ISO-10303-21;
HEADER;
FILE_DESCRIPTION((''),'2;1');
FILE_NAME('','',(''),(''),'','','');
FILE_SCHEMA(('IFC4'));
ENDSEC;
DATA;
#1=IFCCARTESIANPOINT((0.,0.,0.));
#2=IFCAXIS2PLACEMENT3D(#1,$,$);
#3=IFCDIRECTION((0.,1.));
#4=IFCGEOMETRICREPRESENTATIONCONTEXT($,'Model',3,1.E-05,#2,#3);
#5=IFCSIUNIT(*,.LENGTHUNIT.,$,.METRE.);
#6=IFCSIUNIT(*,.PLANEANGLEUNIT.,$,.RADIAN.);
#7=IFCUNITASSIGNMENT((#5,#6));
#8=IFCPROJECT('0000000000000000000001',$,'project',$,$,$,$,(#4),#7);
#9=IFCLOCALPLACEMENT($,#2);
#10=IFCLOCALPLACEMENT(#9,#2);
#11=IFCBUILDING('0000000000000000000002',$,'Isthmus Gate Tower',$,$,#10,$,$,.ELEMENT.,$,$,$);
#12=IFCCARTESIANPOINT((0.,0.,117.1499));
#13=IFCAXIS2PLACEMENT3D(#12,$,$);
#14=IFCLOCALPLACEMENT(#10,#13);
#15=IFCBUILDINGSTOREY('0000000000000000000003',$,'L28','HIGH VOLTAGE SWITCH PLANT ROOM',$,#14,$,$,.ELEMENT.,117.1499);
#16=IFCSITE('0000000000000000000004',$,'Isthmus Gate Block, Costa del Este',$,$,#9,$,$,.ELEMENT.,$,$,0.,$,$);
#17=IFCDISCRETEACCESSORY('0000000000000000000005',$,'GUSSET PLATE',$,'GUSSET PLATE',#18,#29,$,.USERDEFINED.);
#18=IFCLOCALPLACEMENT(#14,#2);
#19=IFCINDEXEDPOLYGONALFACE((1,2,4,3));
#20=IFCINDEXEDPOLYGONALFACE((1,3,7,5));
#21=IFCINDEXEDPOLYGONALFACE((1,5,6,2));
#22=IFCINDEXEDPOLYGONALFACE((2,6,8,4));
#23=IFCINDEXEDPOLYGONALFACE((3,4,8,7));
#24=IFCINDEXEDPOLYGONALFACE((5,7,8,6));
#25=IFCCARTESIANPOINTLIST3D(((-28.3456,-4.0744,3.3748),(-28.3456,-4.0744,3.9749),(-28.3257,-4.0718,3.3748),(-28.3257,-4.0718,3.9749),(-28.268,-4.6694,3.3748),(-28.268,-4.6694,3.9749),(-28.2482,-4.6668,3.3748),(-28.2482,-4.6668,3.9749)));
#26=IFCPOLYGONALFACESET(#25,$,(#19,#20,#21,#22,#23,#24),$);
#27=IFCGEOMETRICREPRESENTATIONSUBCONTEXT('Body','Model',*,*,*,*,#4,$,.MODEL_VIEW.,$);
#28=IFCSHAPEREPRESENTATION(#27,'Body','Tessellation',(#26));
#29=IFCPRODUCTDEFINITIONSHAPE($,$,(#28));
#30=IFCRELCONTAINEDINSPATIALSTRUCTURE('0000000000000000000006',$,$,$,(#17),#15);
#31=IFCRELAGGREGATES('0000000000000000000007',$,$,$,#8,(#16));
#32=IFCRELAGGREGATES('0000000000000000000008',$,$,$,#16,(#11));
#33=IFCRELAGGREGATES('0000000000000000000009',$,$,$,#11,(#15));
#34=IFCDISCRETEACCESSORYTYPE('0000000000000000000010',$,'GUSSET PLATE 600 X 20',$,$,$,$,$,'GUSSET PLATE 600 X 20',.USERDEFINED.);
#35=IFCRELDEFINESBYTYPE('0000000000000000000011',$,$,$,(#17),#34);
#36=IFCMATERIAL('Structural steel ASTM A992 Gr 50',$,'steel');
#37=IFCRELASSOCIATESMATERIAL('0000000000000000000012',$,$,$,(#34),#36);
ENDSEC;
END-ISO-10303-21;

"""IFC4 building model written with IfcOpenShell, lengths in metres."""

from ifc_helpers import new_model, si_unit, direction, frame, origin, origin_2d, place, context, subcontext, project, spatial, rectangle, extrude, material, type_object, element, save


model = new_model("IFC4")

# Units and contexts
model_context = context("Model", 3, precision=1e-05, world=origin(), true_north=direction((0.0, 1.0)))
body_context = subcontext(model_context, "Body", "Model", "MODEL_VIEW")
ifc_project = project(units=[si_unit("LENGTHUNIT", "METRE"), si_unit("PLANEANGLEUNIT", "RADIAN")], contexts=[model_context])

# Site, building, storey
site_placement = place(None, origin())
site = spatial("IfcSite", under=ifc_project, at=site_placement, Name="Isthmus Gate Block, Costa del Este", CompositionType="ELEMENT", RefElevation=0.0)
building_placement = place(site_placement, origin())
building = spatial("IfcBuilding", under=site, at=building_placement, Name="Isthmus Gate Tower", CompositionType="ELEMENT")
storey_placement = place(building_placement, frame((0.0, 0.0, 117.1499)))
storey = spatial("IfcBuildingStorey", under=building, at=storey_placement, Name="L28", Description="HIGH VOLTAGE SWITCH PLANT ROOM", CompositionType="ELEMENT", Elevation=117.1499)

# Discrete accessory
ifc_material_1 = material(Name="Structural steel ASTM A992 Gr 50", Category="steel")
discrete_accessory_type_1 = type_object("IfcDiscreteAccessoryType", Name="GUSSET PLATE 600 X 20", ElementType="GUSSET PLATE 600 X 20", PredefinedType="USERDEFINED", material=ifc_material_1)
for number, where, z_axis, x_axis, name in (
    (1, (-28.2969, -4.3706, 3.3748), (0.0, 0.0, 1.0), (0.129165, -0.991623, 0.0), "GUSSET PLATE"),
):
    element("IfcDiscreteAccessory", number, at=place(storey_placement, frame(where, z_axis=z_axis, x_axis=x_axis)), inside=storey, type_object=discrete_accessory_type_1, Name=name, ObjectType="GUSSET PLATE", PredefinedType="USERDEFINED", context=body_context, shape_type="SweptSolid", body=[
        extrude(rectangle(XDim=0.6001, YDim=0.02, at=origin_2d()), origin(), (0.0, 0.0, 1.0), 0.6001),
    ])

save(model, "model.ifc")
